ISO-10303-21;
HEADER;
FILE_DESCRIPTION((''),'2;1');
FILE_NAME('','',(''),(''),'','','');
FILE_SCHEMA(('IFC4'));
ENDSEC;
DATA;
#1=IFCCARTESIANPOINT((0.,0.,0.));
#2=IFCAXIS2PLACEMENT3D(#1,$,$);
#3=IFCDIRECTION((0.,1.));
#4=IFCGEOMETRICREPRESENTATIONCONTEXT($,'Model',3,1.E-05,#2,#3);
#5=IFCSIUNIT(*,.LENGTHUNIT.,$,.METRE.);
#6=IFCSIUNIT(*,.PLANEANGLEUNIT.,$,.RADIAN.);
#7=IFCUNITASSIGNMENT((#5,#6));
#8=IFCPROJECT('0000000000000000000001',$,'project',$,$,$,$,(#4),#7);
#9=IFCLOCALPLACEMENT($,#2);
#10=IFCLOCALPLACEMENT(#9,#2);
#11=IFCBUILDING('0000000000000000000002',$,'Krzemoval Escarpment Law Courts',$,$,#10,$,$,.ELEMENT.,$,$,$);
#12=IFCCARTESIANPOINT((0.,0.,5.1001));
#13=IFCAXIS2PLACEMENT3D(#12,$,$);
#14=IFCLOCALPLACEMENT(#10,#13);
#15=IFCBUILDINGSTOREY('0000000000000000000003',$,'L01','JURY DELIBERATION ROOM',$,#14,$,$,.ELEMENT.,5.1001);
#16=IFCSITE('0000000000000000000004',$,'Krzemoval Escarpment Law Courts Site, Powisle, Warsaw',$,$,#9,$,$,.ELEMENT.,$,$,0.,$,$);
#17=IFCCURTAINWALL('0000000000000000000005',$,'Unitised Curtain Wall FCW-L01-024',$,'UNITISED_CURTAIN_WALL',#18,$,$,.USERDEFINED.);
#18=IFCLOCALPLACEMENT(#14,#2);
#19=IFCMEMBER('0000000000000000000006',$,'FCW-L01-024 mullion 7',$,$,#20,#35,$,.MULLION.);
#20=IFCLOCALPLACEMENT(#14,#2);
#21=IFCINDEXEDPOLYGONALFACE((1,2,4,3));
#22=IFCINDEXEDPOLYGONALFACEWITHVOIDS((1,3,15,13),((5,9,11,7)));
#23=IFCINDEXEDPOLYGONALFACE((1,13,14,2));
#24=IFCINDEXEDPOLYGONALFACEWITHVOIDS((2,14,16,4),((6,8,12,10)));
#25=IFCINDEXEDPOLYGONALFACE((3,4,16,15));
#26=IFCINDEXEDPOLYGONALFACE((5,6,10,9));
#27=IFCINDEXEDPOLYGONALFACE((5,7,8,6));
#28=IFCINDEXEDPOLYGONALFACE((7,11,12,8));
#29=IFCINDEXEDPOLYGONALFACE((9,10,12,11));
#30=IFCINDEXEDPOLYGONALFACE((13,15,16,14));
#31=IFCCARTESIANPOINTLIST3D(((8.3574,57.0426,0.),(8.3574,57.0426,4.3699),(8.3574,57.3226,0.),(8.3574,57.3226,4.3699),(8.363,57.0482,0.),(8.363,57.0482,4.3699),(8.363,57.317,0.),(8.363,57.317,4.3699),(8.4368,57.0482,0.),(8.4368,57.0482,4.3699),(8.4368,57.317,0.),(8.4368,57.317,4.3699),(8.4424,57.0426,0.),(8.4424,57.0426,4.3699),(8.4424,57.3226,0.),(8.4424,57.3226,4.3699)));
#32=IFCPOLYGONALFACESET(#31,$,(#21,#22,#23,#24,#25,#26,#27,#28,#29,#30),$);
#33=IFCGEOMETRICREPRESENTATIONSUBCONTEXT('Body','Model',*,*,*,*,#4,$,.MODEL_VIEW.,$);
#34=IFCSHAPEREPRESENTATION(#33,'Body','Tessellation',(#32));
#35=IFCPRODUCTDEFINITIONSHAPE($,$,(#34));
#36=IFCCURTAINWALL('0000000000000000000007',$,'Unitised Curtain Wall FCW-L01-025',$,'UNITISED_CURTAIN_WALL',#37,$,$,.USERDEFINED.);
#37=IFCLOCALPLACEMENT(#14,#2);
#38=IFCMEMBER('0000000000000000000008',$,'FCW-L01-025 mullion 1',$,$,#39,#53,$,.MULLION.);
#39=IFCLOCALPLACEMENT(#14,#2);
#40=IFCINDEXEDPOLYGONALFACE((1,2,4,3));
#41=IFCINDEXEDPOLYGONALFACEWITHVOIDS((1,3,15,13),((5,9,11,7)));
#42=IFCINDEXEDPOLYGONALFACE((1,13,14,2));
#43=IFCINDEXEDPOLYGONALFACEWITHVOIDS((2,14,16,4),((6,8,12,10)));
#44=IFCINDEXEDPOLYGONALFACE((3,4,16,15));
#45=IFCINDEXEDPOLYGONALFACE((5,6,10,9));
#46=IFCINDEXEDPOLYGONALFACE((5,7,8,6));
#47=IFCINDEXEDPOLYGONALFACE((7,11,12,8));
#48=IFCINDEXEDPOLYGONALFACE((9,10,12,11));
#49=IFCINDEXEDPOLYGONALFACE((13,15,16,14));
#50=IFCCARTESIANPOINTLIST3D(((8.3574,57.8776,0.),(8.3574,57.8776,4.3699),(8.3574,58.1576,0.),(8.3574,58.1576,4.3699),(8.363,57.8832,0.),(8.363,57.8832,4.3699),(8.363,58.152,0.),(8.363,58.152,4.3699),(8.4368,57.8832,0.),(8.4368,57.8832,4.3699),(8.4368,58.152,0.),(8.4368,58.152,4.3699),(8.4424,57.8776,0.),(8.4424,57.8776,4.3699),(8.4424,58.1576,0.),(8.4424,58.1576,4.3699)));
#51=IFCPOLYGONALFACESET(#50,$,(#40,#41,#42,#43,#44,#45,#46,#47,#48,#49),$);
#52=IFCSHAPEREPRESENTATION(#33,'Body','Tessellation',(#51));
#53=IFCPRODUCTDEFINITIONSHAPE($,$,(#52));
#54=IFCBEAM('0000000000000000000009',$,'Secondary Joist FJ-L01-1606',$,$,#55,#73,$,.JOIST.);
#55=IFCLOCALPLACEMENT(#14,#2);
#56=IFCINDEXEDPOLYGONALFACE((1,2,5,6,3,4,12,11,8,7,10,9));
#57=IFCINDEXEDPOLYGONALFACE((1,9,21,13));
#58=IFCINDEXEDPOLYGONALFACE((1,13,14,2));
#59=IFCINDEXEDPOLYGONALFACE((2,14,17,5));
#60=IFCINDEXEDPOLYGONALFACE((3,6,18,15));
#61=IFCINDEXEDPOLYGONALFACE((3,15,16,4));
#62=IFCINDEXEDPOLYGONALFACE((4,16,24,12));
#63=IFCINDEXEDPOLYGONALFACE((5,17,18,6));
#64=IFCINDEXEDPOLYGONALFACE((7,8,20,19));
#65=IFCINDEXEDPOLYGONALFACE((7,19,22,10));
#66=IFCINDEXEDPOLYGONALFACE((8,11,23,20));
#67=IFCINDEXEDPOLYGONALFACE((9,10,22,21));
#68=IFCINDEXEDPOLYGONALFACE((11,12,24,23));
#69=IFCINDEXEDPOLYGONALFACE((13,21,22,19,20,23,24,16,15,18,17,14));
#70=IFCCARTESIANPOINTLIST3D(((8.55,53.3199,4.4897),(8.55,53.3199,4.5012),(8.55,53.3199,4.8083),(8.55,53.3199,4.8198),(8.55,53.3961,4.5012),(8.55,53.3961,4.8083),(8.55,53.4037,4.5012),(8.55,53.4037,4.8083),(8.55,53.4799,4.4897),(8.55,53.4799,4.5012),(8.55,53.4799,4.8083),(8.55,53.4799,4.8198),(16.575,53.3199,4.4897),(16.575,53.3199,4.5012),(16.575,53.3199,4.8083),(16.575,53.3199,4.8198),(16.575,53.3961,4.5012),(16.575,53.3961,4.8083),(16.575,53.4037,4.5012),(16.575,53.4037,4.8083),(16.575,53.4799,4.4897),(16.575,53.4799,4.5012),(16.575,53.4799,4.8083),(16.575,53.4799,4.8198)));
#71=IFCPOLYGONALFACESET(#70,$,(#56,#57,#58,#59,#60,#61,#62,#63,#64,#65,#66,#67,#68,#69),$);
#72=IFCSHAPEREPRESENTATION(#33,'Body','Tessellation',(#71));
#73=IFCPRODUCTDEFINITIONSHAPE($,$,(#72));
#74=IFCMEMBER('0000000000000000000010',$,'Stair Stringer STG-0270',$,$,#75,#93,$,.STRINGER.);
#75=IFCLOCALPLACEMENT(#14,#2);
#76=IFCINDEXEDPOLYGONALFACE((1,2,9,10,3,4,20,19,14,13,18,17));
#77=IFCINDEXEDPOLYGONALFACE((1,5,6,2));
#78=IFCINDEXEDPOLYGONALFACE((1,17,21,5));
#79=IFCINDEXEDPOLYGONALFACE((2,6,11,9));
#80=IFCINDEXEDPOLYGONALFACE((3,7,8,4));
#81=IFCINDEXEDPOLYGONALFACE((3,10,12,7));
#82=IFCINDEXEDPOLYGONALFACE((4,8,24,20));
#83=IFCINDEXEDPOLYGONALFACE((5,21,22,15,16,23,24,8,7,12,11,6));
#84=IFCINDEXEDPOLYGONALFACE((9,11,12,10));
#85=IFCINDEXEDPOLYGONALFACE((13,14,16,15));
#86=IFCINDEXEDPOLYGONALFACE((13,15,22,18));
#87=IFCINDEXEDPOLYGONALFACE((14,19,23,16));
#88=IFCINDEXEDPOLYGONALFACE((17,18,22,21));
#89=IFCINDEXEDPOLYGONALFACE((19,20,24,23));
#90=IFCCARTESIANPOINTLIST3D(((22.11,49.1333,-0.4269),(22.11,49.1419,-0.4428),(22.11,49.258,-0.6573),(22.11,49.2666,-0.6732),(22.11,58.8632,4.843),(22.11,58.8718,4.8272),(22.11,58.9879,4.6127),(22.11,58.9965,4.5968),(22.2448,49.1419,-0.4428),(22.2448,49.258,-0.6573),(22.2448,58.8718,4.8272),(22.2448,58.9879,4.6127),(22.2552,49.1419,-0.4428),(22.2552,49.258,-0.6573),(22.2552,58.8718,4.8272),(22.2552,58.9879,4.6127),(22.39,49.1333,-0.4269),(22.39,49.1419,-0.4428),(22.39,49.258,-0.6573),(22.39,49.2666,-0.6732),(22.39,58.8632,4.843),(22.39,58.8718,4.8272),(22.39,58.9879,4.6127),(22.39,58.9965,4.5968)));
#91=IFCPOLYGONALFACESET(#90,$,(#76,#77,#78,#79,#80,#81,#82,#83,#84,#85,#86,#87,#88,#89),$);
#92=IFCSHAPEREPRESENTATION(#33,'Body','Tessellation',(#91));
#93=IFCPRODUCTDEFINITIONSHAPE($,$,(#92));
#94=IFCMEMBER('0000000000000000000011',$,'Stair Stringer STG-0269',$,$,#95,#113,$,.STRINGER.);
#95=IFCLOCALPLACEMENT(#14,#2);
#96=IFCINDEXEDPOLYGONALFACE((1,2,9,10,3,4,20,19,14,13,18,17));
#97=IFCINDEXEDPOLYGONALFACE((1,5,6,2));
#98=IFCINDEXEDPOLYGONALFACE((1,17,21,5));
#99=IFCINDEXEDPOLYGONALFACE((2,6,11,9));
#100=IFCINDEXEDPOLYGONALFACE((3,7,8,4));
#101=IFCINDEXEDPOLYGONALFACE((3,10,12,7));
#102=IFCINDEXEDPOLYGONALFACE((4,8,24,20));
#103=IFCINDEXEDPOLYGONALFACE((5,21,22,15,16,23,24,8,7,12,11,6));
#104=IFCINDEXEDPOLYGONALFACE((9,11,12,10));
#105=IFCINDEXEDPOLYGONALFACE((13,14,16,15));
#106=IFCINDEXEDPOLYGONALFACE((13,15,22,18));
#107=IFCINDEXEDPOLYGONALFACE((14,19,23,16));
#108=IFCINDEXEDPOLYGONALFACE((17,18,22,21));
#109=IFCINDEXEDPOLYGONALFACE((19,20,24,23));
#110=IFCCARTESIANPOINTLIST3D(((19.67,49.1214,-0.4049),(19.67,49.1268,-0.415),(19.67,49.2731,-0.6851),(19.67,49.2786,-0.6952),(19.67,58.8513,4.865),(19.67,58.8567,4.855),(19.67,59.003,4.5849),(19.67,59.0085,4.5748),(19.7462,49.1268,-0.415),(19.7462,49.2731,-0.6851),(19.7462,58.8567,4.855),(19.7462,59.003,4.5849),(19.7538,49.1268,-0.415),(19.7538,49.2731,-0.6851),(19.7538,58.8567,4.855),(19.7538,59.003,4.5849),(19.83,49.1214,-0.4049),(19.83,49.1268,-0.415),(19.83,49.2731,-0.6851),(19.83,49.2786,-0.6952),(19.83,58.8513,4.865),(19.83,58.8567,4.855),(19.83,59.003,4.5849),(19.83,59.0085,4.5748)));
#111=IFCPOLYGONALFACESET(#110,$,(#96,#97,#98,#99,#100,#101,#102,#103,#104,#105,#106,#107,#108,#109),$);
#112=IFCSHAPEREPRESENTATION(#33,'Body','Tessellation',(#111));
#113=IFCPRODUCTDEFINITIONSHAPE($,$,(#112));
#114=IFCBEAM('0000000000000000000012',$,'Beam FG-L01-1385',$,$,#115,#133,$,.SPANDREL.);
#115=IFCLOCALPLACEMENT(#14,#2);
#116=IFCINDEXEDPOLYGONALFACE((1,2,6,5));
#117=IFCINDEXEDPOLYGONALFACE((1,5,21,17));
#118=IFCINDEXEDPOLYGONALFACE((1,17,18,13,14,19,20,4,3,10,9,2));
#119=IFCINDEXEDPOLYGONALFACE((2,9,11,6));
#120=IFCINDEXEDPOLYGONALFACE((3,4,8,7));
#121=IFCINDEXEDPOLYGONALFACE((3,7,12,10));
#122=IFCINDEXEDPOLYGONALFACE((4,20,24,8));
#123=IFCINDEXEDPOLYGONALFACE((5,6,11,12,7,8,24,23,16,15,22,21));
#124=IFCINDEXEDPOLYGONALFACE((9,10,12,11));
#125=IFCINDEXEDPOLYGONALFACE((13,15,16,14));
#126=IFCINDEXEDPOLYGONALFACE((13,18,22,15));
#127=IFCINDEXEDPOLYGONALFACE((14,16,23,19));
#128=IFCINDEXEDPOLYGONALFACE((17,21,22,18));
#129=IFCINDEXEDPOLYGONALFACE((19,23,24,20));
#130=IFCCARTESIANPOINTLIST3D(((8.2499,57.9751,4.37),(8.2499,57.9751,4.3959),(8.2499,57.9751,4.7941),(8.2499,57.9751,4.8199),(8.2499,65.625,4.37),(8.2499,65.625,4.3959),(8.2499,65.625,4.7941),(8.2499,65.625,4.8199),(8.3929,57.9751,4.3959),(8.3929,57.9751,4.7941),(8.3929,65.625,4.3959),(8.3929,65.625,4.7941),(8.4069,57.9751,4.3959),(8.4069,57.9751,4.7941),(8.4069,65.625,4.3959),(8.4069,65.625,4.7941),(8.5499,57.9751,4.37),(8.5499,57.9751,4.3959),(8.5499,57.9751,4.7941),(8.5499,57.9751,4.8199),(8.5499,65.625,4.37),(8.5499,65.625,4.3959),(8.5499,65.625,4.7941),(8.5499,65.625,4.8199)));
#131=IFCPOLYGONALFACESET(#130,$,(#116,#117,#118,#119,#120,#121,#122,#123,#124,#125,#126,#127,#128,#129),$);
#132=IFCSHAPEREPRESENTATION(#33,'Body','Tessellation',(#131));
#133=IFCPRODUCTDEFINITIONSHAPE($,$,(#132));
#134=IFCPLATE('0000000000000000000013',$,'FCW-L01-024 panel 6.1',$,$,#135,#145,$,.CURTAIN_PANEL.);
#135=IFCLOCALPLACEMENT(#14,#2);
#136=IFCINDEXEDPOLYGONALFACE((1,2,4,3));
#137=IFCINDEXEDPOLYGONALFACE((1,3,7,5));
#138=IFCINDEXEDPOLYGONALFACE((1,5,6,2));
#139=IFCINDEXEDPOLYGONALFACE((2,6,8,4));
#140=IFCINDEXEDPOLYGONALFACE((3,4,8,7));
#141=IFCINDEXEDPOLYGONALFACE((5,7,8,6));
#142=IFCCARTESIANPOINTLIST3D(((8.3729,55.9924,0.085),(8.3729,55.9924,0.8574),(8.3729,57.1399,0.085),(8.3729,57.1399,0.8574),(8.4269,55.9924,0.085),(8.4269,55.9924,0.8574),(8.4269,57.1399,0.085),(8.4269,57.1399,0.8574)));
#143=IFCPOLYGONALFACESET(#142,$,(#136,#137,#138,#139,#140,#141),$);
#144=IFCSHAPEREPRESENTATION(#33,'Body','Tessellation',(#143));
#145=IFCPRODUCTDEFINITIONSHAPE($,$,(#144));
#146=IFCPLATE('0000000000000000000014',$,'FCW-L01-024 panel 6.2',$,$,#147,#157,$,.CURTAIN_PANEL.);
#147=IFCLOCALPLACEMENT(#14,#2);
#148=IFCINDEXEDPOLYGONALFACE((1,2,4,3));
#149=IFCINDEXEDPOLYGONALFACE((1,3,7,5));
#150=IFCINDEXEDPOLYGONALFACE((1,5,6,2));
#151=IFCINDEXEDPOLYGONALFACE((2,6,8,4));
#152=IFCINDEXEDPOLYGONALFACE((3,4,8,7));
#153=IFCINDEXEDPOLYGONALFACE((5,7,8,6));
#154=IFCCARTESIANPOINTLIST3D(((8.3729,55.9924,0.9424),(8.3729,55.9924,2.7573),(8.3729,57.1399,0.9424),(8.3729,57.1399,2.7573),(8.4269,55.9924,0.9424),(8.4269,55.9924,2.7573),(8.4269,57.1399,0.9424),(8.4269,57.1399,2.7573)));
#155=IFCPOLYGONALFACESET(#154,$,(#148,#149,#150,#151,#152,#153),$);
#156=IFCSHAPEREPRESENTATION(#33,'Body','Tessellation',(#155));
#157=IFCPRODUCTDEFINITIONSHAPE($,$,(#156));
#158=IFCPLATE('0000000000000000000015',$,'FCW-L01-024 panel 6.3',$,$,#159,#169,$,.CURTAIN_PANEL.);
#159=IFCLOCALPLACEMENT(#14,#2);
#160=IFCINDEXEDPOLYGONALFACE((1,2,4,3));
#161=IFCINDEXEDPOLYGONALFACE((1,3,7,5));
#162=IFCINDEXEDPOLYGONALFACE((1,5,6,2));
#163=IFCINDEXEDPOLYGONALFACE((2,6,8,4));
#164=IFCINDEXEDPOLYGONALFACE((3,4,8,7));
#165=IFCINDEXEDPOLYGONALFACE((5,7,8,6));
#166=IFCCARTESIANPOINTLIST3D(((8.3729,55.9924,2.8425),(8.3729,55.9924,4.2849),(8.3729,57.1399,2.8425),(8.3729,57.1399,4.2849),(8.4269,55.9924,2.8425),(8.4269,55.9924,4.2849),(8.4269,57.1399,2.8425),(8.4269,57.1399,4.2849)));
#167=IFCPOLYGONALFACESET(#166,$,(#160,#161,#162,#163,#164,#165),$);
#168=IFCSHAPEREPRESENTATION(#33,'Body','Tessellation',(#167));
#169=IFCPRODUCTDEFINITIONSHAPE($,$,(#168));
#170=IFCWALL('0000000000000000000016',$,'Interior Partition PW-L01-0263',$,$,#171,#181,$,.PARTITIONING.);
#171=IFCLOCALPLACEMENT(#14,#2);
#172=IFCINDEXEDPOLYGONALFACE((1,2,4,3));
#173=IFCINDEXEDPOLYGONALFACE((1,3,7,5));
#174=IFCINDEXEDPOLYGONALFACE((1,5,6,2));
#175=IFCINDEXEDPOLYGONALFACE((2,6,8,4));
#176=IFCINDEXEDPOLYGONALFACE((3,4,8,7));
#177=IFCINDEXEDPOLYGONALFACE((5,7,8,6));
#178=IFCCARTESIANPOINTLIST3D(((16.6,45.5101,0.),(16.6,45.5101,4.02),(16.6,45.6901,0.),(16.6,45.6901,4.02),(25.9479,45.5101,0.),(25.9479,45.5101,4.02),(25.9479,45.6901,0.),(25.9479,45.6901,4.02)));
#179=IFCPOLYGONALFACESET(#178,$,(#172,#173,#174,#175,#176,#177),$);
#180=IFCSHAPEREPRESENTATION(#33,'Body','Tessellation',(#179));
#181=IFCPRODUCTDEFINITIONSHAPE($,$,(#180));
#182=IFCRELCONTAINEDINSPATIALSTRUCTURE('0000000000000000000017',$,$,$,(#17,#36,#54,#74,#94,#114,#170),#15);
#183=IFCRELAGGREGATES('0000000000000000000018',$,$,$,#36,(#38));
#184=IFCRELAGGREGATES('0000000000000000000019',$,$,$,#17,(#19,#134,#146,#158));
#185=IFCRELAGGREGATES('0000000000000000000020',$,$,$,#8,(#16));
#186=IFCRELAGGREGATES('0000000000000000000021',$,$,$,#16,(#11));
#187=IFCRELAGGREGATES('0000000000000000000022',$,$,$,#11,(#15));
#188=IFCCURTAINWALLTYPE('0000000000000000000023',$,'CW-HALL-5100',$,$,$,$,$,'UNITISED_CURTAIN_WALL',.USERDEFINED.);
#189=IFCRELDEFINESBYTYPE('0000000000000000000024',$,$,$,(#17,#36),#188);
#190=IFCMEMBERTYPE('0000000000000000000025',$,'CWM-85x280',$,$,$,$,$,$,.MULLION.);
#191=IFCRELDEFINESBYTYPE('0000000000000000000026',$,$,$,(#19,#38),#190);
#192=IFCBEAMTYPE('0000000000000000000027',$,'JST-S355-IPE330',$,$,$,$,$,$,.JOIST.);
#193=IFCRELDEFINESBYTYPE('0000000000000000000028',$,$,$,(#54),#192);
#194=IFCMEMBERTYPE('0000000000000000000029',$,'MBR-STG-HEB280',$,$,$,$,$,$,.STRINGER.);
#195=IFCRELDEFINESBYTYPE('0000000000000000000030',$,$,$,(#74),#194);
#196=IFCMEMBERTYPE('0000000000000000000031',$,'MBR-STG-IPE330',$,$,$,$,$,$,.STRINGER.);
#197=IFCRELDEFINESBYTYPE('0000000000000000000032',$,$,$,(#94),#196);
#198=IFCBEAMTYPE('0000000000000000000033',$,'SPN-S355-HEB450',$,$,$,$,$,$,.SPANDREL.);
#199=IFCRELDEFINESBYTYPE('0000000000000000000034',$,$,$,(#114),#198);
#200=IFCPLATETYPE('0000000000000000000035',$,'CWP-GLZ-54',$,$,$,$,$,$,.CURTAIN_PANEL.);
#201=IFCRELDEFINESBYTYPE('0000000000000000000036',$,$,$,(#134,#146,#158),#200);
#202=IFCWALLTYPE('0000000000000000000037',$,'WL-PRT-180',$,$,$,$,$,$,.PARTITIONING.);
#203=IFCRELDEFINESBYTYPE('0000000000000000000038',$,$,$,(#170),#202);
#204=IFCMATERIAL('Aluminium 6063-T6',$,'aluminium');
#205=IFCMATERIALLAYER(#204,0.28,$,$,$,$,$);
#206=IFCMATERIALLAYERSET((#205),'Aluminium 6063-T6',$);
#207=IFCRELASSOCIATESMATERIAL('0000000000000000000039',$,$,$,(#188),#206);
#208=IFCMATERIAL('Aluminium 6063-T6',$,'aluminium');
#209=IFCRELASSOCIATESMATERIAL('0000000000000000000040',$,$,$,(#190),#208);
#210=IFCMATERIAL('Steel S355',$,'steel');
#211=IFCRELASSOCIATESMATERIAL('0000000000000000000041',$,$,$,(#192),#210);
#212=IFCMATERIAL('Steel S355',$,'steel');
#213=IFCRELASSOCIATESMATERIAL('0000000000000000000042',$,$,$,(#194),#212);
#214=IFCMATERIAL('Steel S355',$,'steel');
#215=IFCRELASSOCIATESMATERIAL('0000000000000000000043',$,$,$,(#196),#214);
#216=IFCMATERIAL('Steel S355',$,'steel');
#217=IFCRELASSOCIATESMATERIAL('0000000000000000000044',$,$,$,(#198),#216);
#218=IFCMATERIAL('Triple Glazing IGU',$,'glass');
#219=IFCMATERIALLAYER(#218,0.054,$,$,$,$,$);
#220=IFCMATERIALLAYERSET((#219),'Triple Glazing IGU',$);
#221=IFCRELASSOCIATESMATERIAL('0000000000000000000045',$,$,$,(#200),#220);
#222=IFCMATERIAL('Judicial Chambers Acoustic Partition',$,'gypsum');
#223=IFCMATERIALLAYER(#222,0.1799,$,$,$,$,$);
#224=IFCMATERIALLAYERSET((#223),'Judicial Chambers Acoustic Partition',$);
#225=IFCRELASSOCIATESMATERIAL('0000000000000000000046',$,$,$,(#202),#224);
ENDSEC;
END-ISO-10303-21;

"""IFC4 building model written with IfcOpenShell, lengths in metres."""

from ifc_helpers import new_model, si_unit, direction, frame, frame_2d, origin, origin_2d, place, context, subcontext, project, spatial, rectangle, hollow_rectangle, i_section, extrude, material, layer, layer_set, material_profile, profile_set, type_object, element, aggregate, save


model = new_model("IFC4")

# Units and contexts
model_context = context("Model", 3, precision=1e-05, world=origin(), true_north=direction((0.0, 1.0)))
body_context = subcontext(model_context, "Body", "Model", "MODEL_VIEW")
ifc_project = project(units=[si_unit("LENGTHUNIT", "METRE"), si_unit("PLANEANGLEUNIT", "RADIAN")], contexts=[model_context])

# Site, building, storey
site_placement = place(None, origin())
site = spatial("IfcSite", under=ifc_project, at=site_placement, Name="Krzemoval Escarpment Law Courts Site, Powisle, Warsaw", CompositionType="ELEMENT", RefElevation=0.0)
building_placement = place(site_placement, origin())
building = spatial("IfcBuilding", under=site, at=building_placement, Name="Krzemoval Escarpment Law Courts", CompositionType="ELEMENT")
storey_placement = place(building_placement, frame((0.0, 0.0, 5.1001)))
storey = spatial("IfcBuildingStorey", under=building, at=storey_placement, Name="L01", Description="JURY DELIBERATION ROOM", CompositionType="ELEMENT", Elevation=5.1001)

# Curtain walls, members
ifc_material_1 = material(Name="Aluminium 6063-T6", Category="aluminium")
ifc_layer_1 = layer(ifc_material_1, 0.28)
ifc_layer_set_1 = layer_set([ifc_layer_1], Name="Aluminium 6063-T6")
curtain_wall_type = type_object("IfcCurtainWallType", Name="CW-HALL-5100", ElementType="UNITISED_CURTAIN_WALL", PredefinedType="USERDEFINED", material=ifc_layer_set_1)
curtain_wall_1_placement = place(storey_placement, origin())
curtain_wall_1 = element("IfcCurtainWall", 1, at=curtain_wall_1_placement, inside=storey, type_object=curtain_wall_type, Name="Unitised Curtain Wall FCW-L01-024", ObjectType="UNITISED_CURTAIN_WALL", PredefinedType="USERDEFINED")
ifc_material_2 = material(Name="Aluminium 6063-T6", Category="aluminium")
ifc_material_profile_1 = material_profile(ifc_material_2, hollow_rectangle(XDim=0.085, YDim=0.28, WallThickness=0.0056, at=origin_2d()), Name="ALU M85x280")
ifc_profile_set_1 = profile_set([ifc_material_profile_1], Name="Aluminium 6063-T6")
member_type_1 = type_object("IfcMemberType", Name="CWM-85x280", PredefinedType="MULLION", material=ifc_profile_set_1)
member_1_placement = place(storey_placement, frame((8.3999, 57.1826, 0.0), z_axis=(0.0, 0.0, 1.0), x_axis=(-1.0, 0.0, 0.0)))
member_1 = element("IfcMember", 2, at=member_1_placement, type_object=member_type_1, Name="FCW-L01-024 mullion 7", PredefinedType="MULLION", context=body_context, shape_type="SweptSolid", body=[
    extrude(hollow_rectangle(XDim=0.085, YDim=0.28, WallThickness=0.0056, at=origin_2d()), origin(), (0.0, 0.0, 1.0), 4.3699),
])
curtain_wall_2_placement = place(storey_placement, origin())
curtain_wall_2 = element("IfcCurtainWall", 3, at=curtain_wall_2_placement, inside=storey, type_object=curtain_wall_type, Name="Unitised Curtain Wall FCW-L01-025", ObjectType="UNITISED_CURTAIN_WALL", PredefinedType="USERDEFINED")
member_2_placement = place(storey_placement, frame((8.3999, 58.0176, 0.0), z_axis=(0.0, 0.0, 1.0), x_axis=(-1.0, 0.0, 0.0)))
member_2 = element("IfcMember", 4, at=member_2_placement, type_object=member_type_1, Name="FCW-L01-025 mullion 1", PredefinedType="MULLION", context=body_context, shape_type="SweptSolid", body=[
    extrude(hollow_rectangle(XDim=0.085, YDim=0.28, WallThickness=0.0056, at=origin_2d()), origin(), (0.0, 0.0, 1.0), 4.3699),
])
aggregate(curtain_wall_2, [member_2])

# Beam
ifc_material_3 = material(Name="Steel S355", Category="steel")
ifc_material_profile_2 = material_profile(ifc_material_3, i_section(OverallWidth=0.1599, OverallDepth=0.3301, WebThickness=0.0076, FlangeThickness=0.0115, at=origin_2d()), Name="IPE 330")
ifc_profile_set_2 = profile_set([ifc_material_profile_2], Name="Steel S355")
beam_type_1 = type_object("IfcBeamType", Name="JST-S355-IPE330", PredefinedType="JOIST", material=ifc_profile_set_2)
beam_1_placement = place(storey_placement, frame((8.55, 53.3999, 4.6548), z_axis=(1.0, 0.0, 0.0), x_axis=(0.0, 1.0, 0.0)))
element("IfcBeam", 5, at=beam_1_placement, inside=storey, type_object=beam_type_1, Name="Secondary Joist FJ-L01-1606", PredefinedType="JOIST", context=body_context, shape_type="SweptSolid", body=[
    extrude(i_section(OverallWidth=0.1599, OverallDepth=0.3301, WebThickness=0.0076, FlangeThickness=0.0115, at=origin_2d()), origin(), (0.0, 0.0, 1.0), 8.0249),
])

# Members
ifc_material_4 = material(Name="Steel S355", Category="steel")
ifc_material_profile_3 = material_profile(ifc_material_4, i_section(OverallWidth=0.28, OverallDepth=0.28, WebThickness=0.0105, FlangeThickness=0.0181, at=origin_2d()), Name="HEB 280")
ifc_profile_set_3 = profile_set([ifc_material_profile_3], Name="Steel S355")
member_type_2 = type_object("IfcMemberType", Name="MBR-STG-HEB280", PredefinedType="STRINGER", material=ifc_profile_set_3)
member_3_placement = place(storey_placement, frame((22.25, 49.2, -0.55), z_axis=(0.0, 0.879307, 0.476256), x_axis=(-1.0, 0.0, 0.0)))
element("IfcMember", 6, at=member_3_placement, inside=storey, type_object=member_type_2, Name="Stair Stringer STG-0270", PredefinedType="STRINGER", context=body_context, shape_type="SweptSolid", body=[
    extrude(i_section(OverallWidth=0.28, OverallDepth=0.28, WebThickness=0.0105, FlangeThickness=0.0181, at=origin_2d()), origin(), (0.0, 0.0, 1.0), 11.0654),
])
ifc_material_5 = material(Name="Steel S355", Category="steel")
ifc_material_profile_4 = material_profile(ifc_material_5, i_section(OverallWidth=0.1599, OverallDepth=0.3301, WebThickness=0.0076, FlangeThickness=0.0115, at=origin_2d()), Name="IPE 330")
ifc_profile_set_4 = profile_set([ifc_material_profile_4], Name="Steel S355")
member_type_3 = type_object("IfcMemberType", Name="MBR-STG-IPE330", PredefinedType="STRINGER", material=ifc_profile_set_4)
member_4_placement = place(storey_placement, frame((19.75, 49.2, -0.55), z_axis=(0.0, 0.879307, 0.476256), x_axis=(-1.0, 0.0, 0.0)))
element("IfcMember", 7, at=member_4_placement, inside=storey, type_object=member_type_3, Name="Stair Stringer STG-0269", PredefinedType="STRINGER", context=body_context, shape_type="SweptSolid", body=[
    extrude(i_section(OverallWidth=0.1599, OverallDepth=0.3301, WebThickness=0.0076, FlangeThickness=0.0115, at=origin_2d()), origin(), (0.0, 0.0, 1.0), 11.0654),
])

# Beam
ifc_material_6 = material(Name="Steel S355", Category="steel")
ifc_material_profile_5 = material_profile(ifc_material_6, i_section(OverallWidth=0.3, OverallDepth=0.45, WebThickness=0.0139, FlangeThickness=0.0259, at=origin_2d()), Name="HEB 450")
ifc_profile_set_5 = profile_set([ifc_material_profile_5], Name="Steel S355")
beam_type_2 = type_object("IfcBeamType", Name="SPN-S355-HEB450", PredefinedType="SPANDREL", material=ifc_profile_set_5)
beam_2_placement = place(storey_placement, frame((8.3999, 57.9751, 4.595), z_axis=(0.0, 1.0, 0.0), x_axis=(-1.0, 0.0, 0.0)))
element("IfcBeam", 8, at=beam_2_placement, inside=storey, type_object=beam_type_2, Name="Beam FG-L01-1385", PredefinedType="SPANDREL", context=body_context, shape_type="SweptSolid", body=[
    extrude(i_section(OverallWidth=0.3, OverallDepth=0.45, WebThickness=0.0139, FlangeThickness=0.0259, at=origin_2d()), origin(), (0.0, 0.0, 1.0), 7.6499),
])

# Plates
ifc_material_7 = material(Name="Triple Glazing IGU", Category="glass")
ifc_layer_2 = layer(ifc_material_7, 0.054)
ifc_layer_set_2 = layer_set([ifc_layer_2], Name="Triple Glazing IGU")
plate_type = type_object("IfcPlateType", Name="CWP-GLZ-54", PredefinedType="CURTAIN_PANEL", material=ifc_layer_set_2)
plate_1_placement = place(storey_placement, frame((8.3999, 56.5662, 0.085), z_axis=(0.0, 0.0, 1.0), x_axis=(0.0, 1.0, 0.0)))
plate_1 = element("IfcPlate", 9, at=plate_1_placement, type_object=plate_type, Name="FCW-L01-024 panel 6.1", PredefinedType="CURTAIN_PANEL", context=body_context, shape_type="SweptSolid", body=[
    extrude(rectangle(XDim=1.1475, YDim=0.054, at=origin_2d()), origin(), (0.0, 0.0, 1.0), 0.7725),
])
plate_2_placement = place(storey_placement, frame((8.3999, 56.5662, 0.9424), z_axis=(0.0, 0.0, 1.0), x_axis=(0.0, 1.0, 0.0)))
plate_2 = element("IfcPlate", 10, at=plate_2_placement, type_object=plate_type, Name="FCW-L01-024 panel 6.2", PredefinedType="CURTAIN_PANEL", context=body_context, shape_type="SweptSolid", body=[
    extrude(rectangle(XDim=1.1475, YDim=0.054, at=origin_2d()), origin(), (0.0, 0.0, 1.0), 1.8149),
])
plate_3_placement = place(storey_placement, frame((8.3999, 56.5662, 2.8425), z_axis=(0.0, 0.0, 1.0), x_axis=(0.0, 1.0, 0.0)))
plate_3 = element("IfcPlate", 11, at=plate_3_placement, type_object=plate_type, Name="FCW-L01-024 panel 6.3", PredefinedType="CURTAIN_PANEL", context=body_context, shape_type="SweptSolid", body=[
    extrude(rectangle(XDim=1.1475, YDim=0.054, at=origin_2d()), origin(), (0.0, 0.0, 1.0), 1.4424),
])
aggregate(curtain_wall_1, [member_1, plate_1, plate_2, plate_3])

# Wall
ifc_material_8 = material(Name="Judicial Chambers Acoustic Partition", Category="gypsum")
ifc_layer_3 = layer(ifc_material_8, 0.1799)
ifc_layer_set_3 = layer_set([ifc_layer_3], Name="Judicial Chambers Acoustic Partition")
wall_type = type_object("IfcWallType", Name="WL-PRT-180", PredefinedType="PARTITIONING", material=ifc_layer_set_3)
wall_placement = place(storey_placement, frame((16.6001, 45.6001, 0.0), z_axis=(0.0, 0.0, 1.0), x_axis=(1.0, 0.0, 0.0)))
element("IfcWall", 12, at=wall_placement, inside=storey, type_object=wall_type, Name="Interior Partition PW-L01-0263", PredefinedType="PARTITIONING", context=body_context, shape_type="SweptSolid", body=[
    extrude(rectangle(XDim=9.3479, YDim=0.1799, at=frame_2d((4.6738, 0.0))), origin(), (0.0, 0.0, 1.0), 4.02),
])

save(model, "model.ifc")
